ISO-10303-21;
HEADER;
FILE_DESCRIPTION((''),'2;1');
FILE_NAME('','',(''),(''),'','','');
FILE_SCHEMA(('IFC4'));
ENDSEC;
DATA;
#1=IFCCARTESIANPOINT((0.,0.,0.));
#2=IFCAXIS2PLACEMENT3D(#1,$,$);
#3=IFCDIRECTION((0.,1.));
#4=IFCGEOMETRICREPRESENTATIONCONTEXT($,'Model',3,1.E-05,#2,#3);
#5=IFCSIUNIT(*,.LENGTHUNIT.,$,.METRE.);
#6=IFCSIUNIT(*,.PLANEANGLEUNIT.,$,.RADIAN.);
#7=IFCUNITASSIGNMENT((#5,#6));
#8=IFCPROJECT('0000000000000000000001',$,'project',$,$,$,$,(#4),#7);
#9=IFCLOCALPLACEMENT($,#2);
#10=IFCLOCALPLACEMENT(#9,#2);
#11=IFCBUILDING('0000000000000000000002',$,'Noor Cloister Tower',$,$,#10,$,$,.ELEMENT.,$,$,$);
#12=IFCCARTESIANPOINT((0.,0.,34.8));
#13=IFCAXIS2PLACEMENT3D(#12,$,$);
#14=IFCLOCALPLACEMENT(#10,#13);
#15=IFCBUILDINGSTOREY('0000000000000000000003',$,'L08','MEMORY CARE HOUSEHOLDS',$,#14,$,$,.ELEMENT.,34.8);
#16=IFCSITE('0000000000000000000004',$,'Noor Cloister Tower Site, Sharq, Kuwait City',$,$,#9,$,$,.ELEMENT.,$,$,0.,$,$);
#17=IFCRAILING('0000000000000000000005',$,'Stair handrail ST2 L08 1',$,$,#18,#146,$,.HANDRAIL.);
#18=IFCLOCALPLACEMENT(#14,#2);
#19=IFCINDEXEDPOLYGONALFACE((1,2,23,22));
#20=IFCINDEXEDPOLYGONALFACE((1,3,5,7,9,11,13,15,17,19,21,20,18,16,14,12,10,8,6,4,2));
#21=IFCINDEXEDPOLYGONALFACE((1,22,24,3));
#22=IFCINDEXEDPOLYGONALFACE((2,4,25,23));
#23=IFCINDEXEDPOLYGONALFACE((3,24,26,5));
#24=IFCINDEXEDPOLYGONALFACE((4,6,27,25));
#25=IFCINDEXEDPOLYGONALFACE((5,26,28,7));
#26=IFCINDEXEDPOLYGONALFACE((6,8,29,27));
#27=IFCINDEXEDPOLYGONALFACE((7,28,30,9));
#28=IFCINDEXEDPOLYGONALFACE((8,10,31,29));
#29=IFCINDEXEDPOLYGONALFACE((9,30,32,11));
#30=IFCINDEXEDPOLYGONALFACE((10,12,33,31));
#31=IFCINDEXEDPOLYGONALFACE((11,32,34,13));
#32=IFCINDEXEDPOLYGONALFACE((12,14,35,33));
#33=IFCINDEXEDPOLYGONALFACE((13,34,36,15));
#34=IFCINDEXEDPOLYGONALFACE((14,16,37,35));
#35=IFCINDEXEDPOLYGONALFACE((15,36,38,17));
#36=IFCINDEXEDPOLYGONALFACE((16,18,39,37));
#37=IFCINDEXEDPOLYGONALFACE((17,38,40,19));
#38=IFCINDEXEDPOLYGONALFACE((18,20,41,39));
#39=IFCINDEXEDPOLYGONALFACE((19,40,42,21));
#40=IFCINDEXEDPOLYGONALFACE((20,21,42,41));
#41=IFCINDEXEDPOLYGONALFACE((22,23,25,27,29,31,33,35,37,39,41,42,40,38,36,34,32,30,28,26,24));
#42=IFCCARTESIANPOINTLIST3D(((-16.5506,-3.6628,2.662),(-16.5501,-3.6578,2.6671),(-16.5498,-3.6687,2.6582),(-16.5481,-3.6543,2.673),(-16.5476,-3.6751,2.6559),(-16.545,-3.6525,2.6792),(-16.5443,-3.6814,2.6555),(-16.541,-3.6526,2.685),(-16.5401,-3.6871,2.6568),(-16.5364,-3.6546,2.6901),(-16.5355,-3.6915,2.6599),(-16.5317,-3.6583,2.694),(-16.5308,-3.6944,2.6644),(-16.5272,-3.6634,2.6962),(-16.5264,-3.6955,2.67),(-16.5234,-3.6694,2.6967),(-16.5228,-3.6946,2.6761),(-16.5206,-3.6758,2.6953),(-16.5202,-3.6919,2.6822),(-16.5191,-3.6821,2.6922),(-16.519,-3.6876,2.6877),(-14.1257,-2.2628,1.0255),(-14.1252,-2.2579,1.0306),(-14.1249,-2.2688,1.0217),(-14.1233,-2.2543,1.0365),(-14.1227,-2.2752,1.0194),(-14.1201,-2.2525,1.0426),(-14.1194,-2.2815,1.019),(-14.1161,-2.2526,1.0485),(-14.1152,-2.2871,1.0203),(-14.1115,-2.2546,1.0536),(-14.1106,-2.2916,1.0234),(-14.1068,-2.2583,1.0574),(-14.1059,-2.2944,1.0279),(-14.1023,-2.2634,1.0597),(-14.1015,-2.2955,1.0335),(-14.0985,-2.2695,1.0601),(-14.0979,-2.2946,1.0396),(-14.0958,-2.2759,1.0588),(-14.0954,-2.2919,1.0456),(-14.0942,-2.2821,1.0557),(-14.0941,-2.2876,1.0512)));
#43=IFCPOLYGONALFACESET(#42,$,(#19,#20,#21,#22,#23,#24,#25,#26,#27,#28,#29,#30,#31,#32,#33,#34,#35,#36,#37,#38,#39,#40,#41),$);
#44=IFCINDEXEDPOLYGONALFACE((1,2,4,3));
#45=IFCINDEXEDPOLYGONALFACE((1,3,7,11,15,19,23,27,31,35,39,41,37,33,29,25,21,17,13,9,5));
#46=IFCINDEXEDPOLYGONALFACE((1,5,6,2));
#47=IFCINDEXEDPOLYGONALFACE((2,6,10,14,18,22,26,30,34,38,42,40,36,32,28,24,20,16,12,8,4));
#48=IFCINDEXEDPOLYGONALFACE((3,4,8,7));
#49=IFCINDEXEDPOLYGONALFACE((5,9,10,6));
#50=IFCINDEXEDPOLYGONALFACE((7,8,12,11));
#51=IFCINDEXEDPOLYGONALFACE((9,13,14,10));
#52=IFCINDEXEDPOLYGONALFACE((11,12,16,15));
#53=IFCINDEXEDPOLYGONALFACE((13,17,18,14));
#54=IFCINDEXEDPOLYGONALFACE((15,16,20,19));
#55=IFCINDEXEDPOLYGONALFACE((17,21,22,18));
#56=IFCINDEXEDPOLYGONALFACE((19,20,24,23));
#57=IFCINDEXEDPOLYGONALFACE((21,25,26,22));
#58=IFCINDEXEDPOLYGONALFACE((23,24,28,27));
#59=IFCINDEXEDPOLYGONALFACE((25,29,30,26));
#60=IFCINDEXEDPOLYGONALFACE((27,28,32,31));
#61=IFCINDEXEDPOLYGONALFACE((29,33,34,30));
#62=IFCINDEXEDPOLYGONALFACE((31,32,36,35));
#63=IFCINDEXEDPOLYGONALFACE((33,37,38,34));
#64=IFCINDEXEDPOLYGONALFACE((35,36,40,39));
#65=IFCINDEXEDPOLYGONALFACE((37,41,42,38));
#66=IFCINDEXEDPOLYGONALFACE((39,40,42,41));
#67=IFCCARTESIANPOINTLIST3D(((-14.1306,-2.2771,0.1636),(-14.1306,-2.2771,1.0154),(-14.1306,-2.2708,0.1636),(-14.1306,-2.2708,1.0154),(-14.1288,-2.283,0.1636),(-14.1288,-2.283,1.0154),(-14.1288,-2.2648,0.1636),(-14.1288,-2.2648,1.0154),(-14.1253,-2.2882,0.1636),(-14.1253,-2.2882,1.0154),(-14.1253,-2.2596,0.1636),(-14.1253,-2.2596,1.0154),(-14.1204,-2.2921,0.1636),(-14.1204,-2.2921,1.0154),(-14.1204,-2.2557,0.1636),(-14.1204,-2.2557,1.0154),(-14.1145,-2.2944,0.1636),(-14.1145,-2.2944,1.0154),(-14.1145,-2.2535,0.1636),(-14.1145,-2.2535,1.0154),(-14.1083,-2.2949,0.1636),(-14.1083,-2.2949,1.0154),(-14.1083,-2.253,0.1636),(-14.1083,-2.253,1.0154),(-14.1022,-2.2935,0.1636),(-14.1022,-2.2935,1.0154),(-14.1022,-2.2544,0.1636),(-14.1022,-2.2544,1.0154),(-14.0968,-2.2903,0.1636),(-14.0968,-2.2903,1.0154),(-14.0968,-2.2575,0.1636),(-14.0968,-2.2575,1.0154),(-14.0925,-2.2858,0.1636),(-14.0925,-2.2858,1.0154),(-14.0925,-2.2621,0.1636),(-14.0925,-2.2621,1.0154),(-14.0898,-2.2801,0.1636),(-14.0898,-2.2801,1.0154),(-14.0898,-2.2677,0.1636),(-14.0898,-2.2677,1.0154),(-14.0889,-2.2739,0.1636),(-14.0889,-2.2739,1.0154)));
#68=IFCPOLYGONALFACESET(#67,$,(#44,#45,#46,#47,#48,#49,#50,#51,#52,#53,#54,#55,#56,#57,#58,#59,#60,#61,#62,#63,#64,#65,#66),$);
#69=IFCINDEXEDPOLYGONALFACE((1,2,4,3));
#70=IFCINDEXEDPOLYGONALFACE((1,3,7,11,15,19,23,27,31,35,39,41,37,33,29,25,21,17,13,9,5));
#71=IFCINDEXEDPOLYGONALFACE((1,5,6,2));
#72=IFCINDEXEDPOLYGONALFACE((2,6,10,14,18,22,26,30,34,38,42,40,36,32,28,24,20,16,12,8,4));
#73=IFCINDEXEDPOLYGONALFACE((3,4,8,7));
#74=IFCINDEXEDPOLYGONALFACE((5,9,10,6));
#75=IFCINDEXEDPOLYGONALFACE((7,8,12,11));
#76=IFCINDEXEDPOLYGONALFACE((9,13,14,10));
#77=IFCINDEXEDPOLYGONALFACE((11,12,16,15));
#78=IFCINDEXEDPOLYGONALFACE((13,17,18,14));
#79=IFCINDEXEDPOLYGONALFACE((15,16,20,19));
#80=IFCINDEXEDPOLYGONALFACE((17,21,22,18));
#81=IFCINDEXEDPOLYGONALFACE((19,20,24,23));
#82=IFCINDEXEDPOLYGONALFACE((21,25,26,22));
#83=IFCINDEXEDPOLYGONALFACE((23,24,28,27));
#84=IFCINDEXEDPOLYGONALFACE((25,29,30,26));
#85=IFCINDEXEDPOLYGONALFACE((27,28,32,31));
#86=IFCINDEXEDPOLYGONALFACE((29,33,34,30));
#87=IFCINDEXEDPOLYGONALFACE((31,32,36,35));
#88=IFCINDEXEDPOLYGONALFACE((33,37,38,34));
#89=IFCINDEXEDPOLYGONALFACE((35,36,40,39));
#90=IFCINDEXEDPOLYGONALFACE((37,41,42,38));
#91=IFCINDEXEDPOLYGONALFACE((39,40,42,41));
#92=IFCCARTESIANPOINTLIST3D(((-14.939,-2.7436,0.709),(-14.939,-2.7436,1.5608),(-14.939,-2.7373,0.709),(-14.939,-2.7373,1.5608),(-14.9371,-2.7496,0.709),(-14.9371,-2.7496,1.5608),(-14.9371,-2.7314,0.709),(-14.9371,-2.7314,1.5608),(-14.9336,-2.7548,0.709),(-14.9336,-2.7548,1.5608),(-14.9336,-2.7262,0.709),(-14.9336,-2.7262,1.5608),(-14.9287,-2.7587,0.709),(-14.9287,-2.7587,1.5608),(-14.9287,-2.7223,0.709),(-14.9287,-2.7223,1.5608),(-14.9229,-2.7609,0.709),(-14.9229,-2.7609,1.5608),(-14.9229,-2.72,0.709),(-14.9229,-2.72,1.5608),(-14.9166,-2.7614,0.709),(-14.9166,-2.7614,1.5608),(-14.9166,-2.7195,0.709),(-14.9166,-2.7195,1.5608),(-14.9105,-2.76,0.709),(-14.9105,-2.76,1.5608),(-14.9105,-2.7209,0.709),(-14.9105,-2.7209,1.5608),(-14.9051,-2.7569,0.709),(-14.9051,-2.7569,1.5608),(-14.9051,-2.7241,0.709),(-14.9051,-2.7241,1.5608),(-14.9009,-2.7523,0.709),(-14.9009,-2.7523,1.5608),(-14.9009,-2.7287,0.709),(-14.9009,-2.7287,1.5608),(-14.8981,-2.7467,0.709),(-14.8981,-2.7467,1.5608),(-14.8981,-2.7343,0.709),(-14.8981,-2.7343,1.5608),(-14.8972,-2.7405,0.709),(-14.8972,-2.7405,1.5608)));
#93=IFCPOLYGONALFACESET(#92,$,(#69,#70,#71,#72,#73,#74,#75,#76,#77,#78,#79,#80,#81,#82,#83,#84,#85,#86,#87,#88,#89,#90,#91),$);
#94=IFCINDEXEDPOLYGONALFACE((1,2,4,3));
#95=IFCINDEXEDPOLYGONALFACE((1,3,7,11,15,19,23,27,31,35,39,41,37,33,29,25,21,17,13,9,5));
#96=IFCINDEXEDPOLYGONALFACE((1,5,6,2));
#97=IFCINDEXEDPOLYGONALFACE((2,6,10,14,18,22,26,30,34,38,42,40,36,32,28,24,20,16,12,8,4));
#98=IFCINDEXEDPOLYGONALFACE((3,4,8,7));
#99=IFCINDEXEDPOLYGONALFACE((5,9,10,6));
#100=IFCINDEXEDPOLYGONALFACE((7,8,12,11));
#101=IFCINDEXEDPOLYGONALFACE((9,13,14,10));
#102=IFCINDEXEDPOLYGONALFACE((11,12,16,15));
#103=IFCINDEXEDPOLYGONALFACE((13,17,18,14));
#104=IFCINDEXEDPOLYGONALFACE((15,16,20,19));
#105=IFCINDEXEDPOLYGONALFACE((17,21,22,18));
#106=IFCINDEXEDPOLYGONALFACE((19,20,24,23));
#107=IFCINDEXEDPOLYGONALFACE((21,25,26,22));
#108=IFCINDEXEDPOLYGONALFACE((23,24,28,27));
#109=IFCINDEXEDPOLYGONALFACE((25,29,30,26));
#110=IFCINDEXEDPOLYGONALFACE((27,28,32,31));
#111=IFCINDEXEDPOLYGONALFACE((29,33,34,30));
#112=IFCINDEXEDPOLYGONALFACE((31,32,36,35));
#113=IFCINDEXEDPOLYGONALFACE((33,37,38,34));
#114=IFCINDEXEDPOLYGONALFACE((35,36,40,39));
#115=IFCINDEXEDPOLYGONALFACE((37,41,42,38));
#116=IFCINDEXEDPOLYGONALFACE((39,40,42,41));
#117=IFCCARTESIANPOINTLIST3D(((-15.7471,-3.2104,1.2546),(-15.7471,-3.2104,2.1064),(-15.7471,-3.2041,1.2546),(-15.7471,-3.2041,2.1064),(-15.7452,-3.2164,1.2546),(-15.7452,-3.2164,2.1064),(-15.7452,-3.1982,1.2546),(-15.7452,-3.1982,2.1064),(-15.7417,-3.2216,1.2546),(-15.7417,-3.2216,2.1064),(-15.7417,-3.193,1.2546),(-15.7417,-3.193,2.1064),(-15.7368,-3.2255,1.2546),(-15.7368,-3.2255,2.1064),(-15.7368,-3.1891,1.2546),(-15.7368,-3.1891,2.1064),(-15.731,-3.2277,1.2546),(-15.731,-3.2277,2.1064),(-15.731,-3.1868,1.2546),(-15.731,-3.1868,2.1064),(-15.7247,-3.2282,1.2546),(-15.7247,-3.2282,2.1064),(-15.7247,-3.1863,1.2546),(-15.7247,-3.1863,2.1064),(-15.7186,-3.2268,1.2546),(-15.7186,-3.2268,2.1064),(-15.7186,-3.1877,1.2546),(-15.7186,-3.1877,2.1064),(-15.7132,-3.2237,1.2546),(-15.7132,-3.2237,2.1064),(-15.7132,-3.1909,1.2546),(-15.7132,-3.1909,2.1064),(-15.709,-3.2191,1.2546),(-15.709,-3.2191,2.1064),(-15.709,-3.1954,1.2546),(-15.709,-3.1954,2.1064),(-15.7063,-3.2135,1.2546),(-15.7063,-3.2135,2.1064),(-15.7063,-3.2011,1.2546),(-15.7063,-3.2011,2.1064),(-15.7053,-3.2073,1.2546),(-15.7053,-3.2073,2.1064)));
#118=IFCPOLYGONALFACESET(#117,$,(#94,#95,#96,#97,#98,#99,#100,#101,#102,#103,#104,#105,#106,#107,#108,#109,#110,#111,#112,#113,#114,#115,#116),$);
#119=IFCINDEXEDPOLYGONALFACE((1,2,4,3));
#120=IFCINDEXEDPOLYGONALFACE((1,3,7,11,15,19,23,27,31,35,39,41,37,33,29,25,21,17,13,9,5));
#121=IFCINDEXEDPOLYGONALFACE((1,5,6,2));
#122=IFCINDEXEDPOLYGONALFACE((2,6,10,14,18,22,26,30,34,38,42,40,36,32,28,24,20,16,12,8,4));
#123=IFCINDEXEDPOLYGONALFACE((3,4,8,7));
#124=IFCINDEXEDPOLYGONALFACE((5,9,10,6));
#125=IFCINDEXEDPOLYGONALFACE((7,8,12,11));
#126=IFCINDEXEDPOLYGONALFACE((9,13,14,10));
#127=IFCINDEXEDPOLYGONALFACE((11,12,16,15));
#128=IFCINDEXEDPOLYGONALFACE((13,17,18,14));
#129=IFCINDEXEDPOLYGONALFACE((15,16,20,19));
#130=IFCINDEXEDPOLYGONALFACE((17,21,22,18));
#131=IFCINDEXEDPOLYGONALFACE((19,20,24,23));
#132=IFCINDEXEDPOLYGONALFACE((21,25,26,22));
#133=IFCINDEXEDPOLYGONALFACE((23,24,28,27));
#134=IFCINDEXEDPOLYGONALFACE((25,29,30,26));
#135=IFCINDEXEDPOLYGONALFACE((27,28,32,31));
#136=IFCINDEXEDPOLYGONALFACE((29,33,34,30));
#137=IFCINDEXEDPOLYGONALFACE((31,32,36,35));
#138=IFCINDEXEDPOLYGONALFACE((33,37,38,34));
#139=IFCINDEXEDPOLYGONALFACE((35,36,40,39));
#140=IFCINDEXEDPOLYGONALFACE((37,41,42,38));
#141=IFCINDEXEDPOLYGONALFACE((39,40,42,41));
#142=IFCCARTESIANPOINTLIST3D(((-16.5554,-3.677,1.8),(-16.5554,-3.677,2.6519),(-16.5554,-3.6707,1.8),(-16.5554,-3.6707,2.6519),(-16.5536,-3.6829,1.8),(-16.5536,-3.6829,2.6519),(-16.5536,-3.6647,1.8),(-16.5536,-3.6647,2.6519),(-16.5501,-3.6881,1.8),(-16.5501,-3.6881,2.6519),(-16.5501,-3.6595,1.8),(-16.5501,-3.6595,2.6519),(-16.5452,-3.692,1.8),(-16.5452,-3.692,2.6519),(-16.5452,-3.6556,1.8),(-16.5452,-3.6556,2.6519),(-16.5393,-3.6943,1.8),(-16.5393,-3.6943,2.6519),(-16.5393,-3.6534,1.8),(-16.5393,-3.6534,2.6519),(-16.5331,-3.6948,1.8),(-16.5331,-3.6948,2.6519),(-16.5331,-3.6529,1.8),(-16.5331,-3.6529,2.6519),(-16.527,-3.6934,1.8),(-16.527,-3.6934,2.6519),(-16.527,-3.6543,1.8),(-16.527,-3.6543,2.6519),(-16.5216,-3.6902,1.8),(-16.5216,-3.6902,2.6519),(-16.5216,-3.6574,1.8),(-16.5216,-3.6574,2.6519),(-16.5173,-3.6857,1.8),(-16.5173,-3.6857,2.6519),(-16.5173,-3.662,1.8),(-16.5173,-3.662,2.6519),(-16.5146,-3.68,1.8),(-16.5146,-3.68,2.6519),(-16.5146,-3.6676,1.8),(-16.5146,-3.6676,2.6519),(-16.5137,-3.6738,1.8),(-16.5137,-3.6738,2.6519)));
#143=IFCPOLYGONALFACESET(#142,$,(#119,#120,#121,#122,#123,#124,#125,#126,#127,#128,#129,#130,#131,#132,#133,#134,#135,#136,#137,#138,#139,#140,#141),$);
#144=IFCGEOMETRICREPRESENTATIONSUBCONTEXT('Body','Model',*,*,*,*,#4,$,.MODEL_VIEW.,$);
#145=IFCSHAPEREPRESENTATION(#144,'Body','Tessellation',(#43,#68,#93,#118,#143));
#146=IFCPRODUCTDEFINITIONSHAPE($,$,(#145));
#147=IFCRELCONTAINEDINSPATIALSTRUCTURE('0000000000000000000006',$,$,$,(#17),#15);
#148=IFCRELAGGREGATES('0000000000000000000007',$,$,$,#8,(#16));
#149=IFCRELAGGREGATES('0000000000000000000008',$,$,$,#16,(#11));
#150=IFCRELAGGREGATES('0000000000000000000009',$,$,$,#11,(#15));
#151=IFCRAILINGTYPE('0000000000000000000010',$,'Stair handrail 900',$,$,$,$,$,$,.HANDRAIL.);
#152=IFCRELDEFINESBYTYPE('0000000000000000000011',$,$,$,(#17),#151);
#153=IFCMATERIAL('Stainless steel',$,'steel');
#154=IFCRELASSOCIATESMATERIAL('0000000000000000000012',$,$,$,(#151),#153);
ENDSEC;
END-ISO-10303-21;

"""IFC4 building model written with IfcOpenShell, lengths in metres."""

from ifc_helpers import new_model, si_unit, direction, frame, origin, origin_2d, place, context, subcontext, project, spatial, circle, extrude, material, type_object, element, save


model = new_model("IFC4")

# Units and contexts
model_context = context("Model", 3, precision=1e-05, world=origin(), true_north=direction((0.0, 1.0)))
body_context = subcontext(model_context, "Body", "Model", "MODEL_VIEW")
ifc_project = project(units=[si_unit("LENGTHUNIT", "METRE"), si_unit("PLANEANGLEUNIT", "RADIAN")], contexts=[model_context])

# Site, building, storey
site_placement = place(None, origin())
site = spatial("IfcSite", under=ifc_project, at=site_placement, Name="Noor Cloister Tower Site, Sharq, Kuwait City", CompositionType="ELEMENT", RefElevation=0.0)
building_placement = place(site_placement, origin())
building = spatial("IfcBuilding", under=site, at=building_placement, Name="Noor Cloister Tower", CompositionType="ELEMENT")
storey_placement = place(building_placement, frame((0.0, 0.0, 34.8)))
storey = spatial("IfcBuildingStorey", under=building, at=storey_placement, Name="L08", Description="MEMORY CARE HOUSEHOLDS", CompositionType="ELEMENT", Elevation=34.8)

# Railing
ifc_material_1 = material(Name="Stainless steel", Category="steel")
railing_type = type_object("IfcRailingType", Name="Stair handrail 900", PredefinedType="HANDRAIL", material=ifc_material_1)
railing_1_placement = place(storey_placement, frame((-14.1099, -2.2739, 0.1636)))
element("IfcRailing", 1, at=railing_1_placement, inside=storey, type_object=railing_type, Name="Stair handrail ST2 L08 1", PredefinedType="HANDRAIL", context=body_context, shape_type="SweptSolid", body=[
    extrude(circle(Radius=0.0239, at=origin_2d()), frame((0.0, 0.0, 0.876), z_axis=(-0.74769, -0.431661, 0.504608), x_axis=(0.499984, -0.866035, 0.0)), (0.0, 0.0, 1.0), 3.2432),
    extrude(circle(Radius=0.021, at=origin_2d()), origin(), (0.0, 0.0, 1.0), 0.8518),
    extrude(circle(Radius=0.021, at=origin_2d()), frame((-0.8083, -0.4666, 0.5454)), (0.0, 0.0, 1.0), 0.8518),
    extrude(circle(Radius=0.021, at=origin_2d()), frame((-1.6165, -0.9333, 1.0911)), (0.0, 0.0, 1.0), 0.8518),
    extrude(circle(Radius=0.021, at=origin_2d()), frame((-2.4248, -1.3999, 1.6365)), (0.0, 0.0, 1.0), 0.8518),
])

save(model, "model.ifc")
